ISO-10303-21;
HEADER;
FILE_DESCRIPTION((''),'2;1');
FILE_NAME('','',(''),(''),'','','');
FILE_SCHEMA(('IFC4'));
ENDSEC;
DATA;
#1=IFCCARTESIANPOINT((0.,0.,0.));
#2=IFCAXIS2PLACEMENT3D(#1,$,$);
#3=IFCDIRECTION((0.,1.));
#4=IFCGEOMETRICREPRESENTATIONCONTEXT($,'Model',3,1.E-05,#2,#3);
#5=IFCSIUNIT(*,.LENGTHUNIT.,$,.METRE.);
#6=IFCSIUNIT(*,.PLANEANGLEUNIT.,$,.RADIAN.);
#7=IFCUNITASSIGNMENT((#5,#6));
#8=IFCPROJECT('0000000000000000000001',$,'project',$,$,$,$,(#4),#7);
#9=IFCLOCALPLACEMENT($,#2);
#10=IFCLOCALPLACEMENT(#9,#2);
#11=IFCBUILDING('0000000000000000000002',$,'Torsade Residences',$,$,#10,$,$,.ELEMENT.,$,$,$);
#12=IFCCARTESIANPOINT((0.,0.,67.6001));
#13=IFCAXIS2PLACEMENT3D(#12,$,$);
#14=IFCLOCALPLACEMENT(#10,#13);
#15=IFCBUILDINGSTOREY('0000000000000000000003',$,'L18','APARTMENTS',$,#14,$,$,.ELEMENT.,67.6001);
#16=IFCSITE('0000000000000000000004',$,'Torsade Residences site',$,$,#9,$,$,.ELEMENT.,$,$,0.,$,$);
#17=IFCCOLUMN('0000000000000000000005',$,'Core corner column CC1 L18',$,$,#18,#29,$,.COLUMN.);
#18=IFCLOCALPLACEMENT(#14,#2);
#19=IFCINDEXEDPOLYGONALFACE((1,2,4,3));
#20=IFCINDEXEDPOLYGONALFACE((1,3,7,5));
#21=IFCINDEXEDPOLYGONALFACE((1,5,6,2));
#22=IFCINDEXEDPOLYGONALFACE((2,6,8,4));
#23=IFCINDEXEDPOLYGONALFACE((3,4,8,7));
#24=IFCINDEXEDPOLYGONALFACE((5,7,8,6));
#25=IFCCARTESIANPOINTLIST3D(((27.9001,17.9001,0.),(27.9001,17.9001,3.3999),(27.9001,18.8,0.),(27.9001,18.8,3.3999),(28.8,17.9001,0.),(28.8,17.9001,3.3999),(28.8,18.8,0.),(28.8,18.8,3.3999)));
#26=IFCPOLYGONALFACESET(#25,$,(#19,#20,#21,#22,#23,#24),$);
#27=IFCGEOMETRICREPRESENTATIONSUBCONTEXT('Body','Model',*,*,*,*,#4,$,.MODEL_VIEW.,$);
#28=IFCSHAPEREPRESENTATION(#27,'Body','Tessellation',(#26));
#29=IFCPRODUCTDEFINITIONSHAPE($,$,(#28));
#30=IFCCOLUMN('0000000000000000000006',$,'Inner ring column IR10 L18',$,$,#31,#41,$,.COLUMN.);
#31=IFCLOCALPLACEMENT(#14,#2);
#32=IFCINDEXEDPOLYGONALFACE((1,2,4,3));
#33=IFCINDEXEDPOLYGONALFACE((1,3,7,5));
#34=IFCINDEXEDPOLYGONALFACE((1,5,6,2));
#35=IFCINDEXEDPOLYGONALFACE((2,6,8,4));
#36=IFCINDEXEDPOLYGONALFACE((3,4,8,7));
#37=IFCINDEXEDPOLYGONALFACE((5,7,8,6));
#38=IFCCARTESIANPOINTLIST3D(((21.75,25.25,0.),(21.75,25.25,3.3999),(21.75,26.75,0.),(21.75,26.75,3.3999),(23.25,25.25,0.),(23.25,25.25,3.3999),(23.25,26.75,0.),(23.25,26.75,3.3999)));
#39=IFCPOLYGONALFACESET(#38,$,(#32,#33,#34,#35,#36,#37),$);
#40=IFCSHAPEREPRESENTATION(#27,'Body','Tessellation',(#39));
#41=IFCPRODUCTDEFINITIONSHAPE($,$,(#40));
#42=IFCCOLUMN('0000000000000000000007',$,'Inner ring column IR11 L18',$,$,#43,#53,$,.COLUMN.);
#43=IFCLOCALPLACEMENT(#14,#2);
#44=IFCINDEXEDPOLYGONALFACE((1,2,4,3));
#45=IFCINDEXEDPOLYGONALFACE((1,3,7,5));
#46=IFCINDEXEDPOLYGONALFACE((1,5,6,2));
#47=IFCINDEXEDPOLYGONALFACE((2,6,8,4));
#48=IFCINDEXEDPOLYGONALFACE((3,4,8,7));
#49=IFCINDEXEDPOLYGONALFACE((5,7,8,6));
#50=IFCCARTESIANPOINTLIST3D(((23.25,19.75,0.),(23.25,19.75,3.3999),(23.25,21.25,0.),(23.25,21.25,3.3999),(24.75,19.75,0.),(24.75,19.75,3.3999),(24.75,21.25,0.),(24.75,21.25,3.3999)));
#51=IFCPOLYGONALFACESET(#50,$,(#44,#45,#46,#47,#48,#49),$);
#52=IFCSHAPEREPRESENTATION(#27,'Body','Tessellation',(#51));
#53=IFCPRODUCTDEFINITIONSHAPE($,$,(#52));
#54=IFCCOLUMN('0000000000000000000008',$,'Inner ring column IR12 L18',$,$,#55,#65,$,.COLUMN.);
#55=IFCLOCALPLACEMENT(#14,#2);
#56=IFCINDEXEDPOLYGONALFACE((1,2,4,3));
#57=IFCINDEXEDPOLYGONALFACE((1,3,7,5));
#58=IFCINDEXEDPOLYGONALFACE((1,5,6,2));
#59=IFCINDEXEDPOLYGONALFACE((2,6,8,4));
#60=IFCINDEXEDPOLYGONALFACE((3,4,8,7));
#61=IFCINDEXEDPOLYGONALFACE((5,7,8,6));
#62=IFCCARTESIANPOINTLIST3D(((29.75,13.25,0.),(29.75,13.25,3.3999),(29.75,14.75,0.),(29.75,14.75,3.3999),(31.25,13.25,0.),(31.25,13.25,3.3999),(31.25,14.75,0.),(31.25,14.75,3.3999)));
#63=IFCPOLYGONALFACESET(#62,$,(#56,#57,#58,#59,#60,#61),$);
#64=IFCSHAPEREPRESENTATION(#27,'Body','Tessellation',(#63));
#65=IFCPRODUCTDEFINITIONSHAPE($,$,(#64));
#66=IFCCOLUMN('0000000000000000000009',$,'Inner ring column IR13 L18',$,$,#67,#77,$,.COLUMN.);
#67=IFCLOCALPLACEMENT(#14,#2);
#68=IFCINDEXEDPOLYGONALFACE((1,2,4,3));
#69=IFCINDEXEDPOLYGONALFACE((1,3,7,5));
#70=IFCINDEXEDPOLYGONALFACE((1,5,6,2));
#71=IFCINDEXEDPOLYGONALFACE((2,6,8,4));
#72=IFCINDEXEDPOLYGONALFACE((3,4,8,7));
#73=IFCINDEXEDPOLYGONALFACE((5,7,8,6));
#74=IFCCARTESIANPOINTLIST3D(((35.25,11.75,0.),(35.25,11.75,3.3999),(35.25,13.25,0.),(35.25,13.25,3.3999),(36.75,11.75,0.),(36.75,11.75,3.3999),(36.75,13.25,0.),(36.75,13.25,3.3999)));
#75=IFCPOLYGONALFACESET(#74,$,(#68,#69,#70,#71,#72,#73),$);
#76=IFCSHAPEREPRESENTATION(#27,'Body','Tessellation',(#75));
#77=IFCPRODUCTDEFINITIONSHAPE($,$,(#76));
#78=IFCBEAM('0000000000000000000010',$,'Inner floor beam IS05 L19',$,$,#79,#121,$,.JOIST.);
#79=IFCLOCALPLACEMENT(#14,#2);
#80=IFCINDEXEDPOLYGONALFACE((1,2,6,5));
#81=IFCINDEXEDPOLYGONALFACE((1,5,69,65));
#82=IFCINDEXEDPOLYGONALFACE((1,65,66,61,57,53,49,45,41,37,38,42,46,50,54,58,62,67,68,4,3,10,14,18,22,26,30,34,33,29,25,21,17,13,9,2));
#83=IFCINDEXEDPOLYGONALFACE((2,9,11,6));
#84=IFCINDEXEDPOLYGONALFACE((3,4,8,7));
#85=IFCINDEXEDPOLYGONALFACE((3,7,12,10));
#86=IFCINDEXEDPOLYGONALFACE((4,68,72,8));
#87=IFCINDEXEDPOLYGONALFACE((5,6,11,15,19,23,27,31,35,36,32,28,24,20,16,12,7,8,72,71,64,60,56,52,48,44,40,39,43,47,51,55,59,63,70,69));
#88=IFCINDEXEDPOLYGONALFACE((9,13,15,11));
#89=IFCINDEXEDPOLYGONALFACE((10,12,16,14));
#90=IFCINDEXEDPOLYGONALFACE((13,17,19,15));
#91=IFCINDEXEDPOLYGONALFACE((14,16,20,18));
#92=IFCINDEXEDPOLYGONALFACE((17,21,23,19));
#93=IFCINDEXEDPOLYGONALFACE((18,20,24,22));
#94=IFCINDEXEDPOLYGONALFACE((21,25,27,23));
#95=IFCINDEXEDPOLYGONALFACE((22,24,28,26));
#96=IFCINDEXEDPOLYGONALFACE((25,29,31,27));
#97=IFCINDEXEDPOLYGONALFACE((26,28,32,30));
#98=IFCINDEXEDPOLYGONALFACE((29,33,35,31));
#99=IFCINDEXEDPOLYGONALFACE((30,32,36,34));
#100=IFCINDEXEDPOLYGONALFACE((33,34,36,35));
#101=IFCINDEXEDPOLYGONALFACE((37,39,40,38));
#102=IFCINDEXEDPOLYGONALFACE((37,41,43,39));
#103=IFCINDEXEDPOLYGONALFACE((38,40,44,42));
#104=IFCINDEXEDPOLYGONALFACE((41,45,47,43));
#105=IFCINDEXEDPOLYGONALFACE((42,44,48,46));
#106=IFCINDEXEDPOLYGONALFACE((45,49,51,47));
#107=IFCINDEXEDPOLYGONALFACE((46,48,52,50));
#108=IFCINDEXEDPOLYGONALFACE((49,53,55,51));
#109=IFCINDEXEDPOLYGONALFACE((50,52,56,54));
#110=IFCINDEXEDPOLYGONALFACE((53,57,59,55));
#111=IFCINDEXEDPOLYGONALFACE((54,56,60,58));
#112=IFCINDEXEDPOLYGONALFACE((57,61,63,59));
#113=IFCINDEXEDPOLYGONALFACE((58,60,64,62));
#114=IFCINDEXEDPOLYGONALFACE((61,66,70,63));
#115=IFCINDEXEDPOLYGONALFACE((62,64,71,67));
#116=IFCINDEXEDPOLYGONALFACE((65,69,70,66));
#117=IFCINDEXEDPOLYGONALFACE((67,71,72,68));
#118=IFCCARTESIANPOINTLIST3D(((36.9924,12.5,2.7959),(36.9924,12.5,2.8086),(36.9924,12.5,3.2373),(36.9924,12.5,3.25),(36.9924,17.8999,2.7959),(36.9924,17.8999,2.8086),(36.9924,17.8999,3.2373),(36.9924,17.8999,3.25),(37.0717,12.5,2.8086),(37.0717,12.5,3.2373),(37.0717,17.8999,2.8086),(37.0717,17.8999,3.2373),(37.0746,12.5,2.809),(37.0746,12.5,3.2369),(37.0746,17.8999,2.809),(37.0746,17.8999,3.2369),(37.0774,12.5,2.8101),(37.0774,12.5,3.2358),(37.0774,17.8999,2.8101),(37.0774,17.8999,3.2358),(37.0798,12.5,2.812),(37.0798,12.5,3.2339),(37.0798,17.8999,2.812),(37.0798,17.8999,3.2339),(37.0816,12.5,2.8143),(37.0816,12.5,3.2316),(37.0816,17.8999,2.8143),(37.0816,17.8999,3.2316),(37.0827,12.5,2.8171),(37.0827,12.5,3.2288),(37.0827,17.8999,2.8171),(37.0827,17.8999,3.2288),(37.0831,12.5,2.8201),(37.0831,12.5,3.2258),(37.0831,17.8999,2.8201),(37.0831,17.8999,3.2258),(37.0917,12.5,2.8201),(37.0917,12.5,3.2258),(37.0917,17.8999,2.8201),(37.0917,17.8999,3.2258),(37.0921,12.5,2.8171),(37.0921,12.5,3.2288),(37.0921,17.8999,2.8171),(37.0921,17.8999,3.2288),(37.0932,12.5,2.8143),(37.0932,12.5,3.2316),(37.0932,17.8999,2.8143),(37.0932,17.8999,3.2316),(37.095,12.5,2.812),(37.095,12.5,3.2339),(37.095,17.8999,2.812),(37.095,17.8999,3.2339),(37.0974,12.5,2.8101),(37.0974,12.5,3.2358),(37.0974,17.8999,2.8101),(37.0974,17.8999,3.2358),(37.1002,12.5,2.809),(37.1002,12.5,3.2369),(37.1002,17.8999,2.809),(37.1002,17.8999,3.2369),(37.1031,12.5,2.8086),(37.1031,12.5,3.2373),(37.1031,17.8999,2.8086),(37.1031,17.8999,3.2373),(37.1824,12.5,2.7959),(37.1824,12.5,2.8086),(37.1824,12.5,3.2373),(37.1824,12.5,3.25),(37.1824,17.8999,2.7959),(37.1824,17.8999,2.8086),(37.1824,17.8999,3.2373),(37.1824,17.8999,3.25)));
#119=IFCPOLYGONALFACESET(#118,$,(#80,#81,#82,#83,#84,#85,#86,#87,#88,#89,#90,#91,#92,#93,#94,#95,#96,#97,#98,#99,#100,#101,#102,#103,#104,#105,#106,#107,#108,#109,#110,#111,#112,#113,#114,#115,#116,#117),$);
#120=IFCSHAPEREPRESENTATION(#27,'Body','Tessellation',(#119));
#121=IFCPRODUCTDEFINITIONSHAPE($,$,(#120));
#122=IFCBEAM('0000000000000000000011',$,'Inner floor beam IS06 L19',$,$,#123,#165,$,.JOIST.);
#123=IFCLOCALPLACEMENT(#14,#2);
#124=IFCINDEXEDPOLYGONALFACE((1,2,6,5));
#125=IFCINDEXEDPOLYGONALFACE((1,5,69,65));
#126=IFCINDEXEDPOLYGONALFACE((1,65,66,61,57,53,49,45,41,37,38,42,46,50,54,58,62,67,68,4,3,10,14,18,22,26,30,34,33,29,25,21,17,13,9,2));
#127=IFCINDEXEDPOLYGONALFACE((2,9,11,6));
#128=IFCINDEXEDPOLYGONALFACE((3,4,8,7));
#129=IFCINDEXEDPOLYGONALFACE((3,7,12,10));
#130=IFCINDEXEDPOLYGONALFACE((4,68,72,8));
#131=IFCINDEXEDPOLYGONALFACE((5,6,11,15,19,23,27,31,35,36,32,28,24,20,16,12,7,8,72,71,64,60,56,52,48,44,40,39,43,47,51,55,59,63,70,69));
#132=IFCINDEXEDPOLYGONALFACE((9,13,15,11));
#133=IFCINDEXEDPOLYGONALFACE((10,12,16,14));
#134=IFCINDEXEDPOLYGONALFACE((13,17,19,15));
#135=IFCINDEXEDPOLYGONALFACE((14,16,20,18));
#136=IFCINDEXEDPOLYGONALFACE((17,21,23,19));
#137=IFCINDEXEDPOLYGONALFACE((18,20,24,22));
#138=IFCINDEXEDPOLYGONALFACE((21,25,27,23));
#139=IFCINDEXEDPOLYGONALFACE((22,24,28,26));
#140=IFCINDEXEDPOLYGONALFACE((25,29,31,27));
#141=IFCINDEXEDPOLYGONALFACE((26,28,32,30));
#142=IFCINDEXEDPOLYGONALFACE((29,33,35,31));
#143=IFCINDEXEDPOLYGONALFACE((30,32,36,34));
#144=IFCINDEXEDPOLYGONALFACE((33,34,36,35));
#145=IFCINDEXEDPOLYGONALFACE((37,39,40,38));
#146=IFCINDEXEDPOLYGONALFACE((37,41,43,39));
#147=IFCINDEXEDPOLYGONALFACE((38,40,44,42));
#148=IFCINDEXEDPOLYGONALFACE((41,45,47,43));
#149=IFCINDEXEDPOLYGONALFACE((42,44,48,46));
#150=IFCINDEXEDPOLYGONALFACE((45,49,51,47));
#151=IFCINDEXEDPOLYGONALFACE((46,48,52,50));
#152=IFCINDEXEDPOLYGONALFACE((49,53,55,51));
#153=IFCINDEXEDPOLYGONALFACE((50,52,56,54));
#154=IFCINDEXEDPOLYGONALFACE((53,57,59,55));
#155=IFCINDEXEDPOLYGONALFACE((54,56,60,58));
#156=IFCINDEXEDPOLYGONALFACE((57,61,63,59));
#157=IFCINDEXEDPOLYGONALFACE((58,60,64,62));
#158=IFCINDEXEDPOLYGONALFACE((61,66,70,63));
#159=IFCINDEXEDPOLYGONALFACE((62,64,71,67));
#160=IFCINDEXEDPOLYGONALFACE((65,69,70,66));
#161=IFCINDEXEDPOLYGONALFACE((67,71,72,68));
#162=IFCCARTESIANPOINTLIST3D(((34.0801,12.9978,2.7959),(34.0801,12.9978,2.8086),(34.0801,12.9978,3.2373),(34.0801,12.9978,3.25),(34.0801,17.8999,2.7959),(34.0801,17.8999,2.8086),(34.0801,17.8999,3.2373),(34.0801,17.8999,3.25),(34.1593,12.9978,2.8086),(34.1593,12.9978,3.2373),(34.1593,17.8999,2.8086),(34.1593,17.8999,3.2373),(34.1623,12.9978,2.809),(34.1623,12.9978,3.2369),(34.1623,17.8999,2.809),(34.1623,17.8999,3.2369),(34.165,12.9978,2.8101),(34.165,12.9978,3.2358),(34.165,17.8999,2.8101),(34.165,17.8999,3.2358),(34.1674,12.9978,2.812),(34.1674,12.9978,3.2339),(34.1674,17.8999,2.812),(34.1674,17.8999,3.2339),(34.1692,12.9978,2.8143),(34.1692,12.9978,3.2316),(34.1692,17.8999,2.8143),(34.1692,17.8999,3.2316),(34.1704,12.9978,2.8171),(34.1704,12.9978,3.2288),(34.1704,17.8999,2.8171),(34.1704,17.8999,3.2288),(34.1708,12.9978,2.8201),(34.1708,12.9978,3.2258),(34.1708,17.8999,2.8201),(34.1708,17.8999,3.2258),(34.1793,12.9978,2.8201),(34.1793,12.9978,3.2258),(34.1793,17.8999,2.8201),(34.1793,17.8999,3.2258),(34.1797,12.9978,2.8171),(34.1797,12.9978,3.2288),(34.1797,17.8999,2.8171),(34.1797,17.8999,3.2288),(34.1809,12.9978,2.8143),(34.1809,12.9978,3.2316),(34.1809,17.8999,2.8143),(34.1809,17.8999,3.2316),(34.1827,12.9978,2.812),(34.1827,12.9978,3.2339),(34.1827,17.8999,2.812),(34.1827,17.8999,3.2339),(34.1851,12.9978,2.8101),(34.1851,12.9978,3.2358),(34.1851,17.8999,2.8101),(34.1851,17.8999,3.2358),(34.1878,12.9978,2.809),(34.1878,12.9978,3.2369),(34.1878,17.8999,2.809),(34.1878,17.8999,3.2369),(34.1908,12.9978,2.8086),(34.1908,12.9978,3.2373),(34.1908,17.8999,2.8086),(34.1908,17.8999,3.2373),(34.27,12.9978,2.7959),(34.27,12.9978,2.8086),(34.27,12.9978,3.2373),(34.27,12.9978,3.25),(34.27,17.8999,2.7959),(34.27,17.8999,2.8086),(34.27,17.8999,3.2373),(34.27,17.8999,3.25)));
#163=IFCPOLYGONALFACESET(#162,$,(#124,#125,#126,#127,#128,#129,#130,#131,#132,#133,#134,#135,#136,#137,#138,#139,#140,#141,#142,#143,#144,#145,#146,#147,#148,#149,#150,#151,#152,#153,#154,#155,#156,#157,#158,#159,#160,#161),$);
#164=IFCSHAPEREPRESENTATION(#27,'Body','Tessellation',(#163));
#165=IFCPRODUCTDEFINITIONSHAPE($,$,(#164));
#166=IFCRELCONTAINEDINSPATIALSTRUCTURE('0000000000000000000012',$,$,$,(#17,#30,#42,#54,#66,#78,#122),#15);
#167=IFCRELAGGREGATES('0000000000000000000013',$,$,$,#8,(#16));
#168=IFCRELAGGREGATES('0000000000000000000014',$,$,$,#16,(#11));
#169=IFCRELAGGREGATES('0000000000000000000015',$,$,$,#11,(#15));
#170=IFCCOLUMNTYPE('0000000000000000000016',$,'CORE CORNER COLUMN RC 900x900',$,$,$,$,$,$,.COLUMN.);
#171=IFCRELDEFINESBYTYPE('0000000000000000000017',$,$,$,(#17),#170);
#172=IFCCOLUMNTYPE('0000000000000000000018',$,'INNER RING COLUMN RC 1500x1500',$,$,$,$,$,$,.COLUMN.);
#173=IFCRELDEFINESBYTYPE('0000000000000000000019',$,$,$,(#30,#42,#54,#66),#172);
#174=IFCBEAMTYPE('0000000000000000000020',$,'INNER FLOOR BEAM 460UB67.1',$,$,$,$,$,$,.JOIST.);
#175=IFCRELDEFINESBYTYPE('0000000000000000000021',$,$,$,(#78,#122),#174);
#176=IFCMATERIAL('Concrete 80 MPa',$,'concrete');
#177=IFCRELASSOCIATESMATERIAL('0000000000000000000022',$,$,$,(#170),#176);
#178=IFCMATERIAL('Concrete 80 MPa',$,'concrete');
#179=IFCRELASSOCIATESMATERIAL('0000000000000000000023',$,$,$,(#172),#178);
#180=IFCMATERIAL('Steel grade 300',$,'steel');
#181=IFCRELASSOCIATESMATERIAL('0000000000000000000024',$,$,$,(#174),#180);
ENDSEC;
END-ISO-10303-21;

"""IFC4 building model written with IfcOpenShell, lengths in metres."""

from ifc_helpers import new_model, si_unit, direction, frame, origin, origin_2d, place, context, subcontext, project, spatial, rectangle, i_section, extrude, material, material_profile, profile_set, type_object, element, save


model = new_model("IFC4")

# Units and contexts
model_context = context("Model", 3, precision=1e-05, world=origin(), true_north=direction((0.0, 1.0)))
body_context = subcontext(model_context, "Body", "Model", "MODEL_VIEW")
ifc_project = project(units=[si_unit("LENGTHUNIT", "METRE"), si_unit("PLANEANGLEUNIT", "RADIAN")], contexts=[model_context])

# Site, building, storey
site_placement = place(None, origin())
site = spatial("IfcSite", under=ifc_project, at=site_placement, Name="Torsade Residences site", CompositionType="ELEMENT", RefElevation=0.0)
building_placement = place(site_placement, origin())
building = spatial("IfcBuilding", under=site, at=building_placement, Name="Torsade Residences", CompositionType="ELEMENT")
storey_placement = place(building_placement, frame((0.0, 0.0, 67.6001)))
storey = spatial("IfcBuildingStorey", under=building, at=storey_placement, Name="L18", Description="APARTMENTS", CompositionType="ELEMENT", Elevation=67.6001)

# Columns
ifc_material_1 = material(Name="Concrete 80 MPa", Category="concrete")
ifc_material_profile_1 = material_profile(ifc_material_1, rectangle(XDim=0.8999, YDim=0.8999, at=origin_2d()), Name="RC 900x900")
ifc_profile_set_1 = profile_set([ifc_material_profile_1], Name="Concrete 80 MPa")
column_type_1 = type_object("IfcColumnType", Name="CORE CORNER COLUMN RC 900x900", PredefinedType="COLUMN", material=ifc_profile_set_1)
column_placement = place(storey_placement, frame((28.3501, 18.3501, 0.0), z_axis=(0.0, 0.0, 1.0), x_axis=(1.0, 0.0, 0.0)))
element("IfcColumn", 1, at=column_placement, inside=storey, type_object=column_type_1, Name="Core corner column CC1 L18", PredefinedType="COLUMN", context=body_context, shape_type="SweptSolid", body=[
    extrude(rectangle(XDim=0.8999, YDim=0.8999, at=origin_2d()), origin(), (0.0, 0.0, 1.0), 3.3999),
])
ifc_material_2 = material(Name="Concrete 80 MPa", Category="concrete")
ifc_material_profile_2 = material_profile(ifc_material_2, rectangle(XDim=1.5, YDim=1.5, at=origin_2d()), Name="RC 1500x1500")
ifc_profile_set_2 = profile_set([ifc_material_profile_2], Name="Concrete 80 MPa")
column_type_2 = type_object("IfcColumnType", Name="INNER RING COLUMN RC 1500x1500", PredefinedType="COLUMN", material=ifc_profile_set_2)
for number, where, z_axis, x_axis, name in (
    (2, (22.5, 26.0, 0.0), (0.0, 0.0, 1.0), (1.0, 0.0, 0.0), "Inner ring column IR10 L18"),
    (3, (24.0, 20.5, 0.0), (0.0, 0.0, 1.0), (1.0, 0.0, 0.0), "Inner ring column IR11 L18"),
    (4, (30.5, 14.0, 0.0), (0.0, 0.0, 1.0), (1.0, 0.0, 0.0), "Inner ring column IR12 L18"),
    (5, (36.0, 12.5, 0.0), (0.0, 0.0, 1.0), (1.0, 0.0, 0.0), "Inner ring column IR13 L18"),
):
    element("IfcColumn", number, at=place(storey_placement, frame(where, z_axis=z_axis, x_axis=x_axis)), inside=storey, type_object=column_type_2, Name=name, PredefinedType="COLUMN", context=body_context, shape_type="SweptSolid", body=[
        extrude(rectangle(XDim=1.5, YDim=1.5, at=origin_2d()), origin(), (0.0, 0.0, 1.0), 3.3999),
    ])

# Beams
ifc_material_3 = material(Name="Steel grade 300", Category="steel")
ifc_material_profile_3 = material_profile(ifc_material_3, i_section(OverallWidth=0.1899, OverallDepth=0.4541, WebThickness=0.0085, FlangeThickness=0.0127, FilletRadius=0.0115, at=origin_2d()), Name="460UB67.1")
ifc_profile_set_3 = profile_set([ifc_material_profile_3], Name="Steel grade 300")
beam_type_1 = type_object("IfcBeamType", Name="INNER FLOOR BEAM 460UB67.1", PredefinedType="JOIST", material=ifc_profile_set_3)
beam_1_placement = place(storey_placement, frame((37.0874, 17.8999, 3.0229), z_axis=(0.0, -1.0, 0.0), x_axis=(1.0, 0.0, 0.0)))
element("IfcBeam", 6, at=beam_1_placement, inside=storey, type_object=beam_type_1, Name="Inner floor beam IS05 L19", PredefinedType="JOIST", context=body_context, shape_type="SweptSolid", body=[
    extrude(i_section(OverallWidth=0.1899, OverallDepth=0.4541, WebThickness=0.0085, FlangeThickness=0.0127, FilletRadius=0.0115, at=origin_2d()), origin(), (0.0, 0.0, 1.0), 5.3999),
])
beam_2_placement = place(storey_placement, frame((34.175, 17.8999, 3.0229), z_axis=(0.0, -1.0, 0.0), x_axis=(1.0, 0.0, 0.0)))
element("IfcBeam", 7, at=beam_2_placement, inside=storey, type_object=beam_type_1, Name="Inner floor beam IS06 L19", PredefinedType="JOIST", context=body_context, shape_type="SweptSolid", body=[
    extrude(i_section(OverallWidth=0.1899, OverallDepth=0.4541, WebThickness=0.0085, FlangeThickness=0.0127, FilletRadius=0.0115, at=origin_2d()), origin(), (0.0, 0.0, 1.0), 4.9021),
])

save(model, "model.ifc")
